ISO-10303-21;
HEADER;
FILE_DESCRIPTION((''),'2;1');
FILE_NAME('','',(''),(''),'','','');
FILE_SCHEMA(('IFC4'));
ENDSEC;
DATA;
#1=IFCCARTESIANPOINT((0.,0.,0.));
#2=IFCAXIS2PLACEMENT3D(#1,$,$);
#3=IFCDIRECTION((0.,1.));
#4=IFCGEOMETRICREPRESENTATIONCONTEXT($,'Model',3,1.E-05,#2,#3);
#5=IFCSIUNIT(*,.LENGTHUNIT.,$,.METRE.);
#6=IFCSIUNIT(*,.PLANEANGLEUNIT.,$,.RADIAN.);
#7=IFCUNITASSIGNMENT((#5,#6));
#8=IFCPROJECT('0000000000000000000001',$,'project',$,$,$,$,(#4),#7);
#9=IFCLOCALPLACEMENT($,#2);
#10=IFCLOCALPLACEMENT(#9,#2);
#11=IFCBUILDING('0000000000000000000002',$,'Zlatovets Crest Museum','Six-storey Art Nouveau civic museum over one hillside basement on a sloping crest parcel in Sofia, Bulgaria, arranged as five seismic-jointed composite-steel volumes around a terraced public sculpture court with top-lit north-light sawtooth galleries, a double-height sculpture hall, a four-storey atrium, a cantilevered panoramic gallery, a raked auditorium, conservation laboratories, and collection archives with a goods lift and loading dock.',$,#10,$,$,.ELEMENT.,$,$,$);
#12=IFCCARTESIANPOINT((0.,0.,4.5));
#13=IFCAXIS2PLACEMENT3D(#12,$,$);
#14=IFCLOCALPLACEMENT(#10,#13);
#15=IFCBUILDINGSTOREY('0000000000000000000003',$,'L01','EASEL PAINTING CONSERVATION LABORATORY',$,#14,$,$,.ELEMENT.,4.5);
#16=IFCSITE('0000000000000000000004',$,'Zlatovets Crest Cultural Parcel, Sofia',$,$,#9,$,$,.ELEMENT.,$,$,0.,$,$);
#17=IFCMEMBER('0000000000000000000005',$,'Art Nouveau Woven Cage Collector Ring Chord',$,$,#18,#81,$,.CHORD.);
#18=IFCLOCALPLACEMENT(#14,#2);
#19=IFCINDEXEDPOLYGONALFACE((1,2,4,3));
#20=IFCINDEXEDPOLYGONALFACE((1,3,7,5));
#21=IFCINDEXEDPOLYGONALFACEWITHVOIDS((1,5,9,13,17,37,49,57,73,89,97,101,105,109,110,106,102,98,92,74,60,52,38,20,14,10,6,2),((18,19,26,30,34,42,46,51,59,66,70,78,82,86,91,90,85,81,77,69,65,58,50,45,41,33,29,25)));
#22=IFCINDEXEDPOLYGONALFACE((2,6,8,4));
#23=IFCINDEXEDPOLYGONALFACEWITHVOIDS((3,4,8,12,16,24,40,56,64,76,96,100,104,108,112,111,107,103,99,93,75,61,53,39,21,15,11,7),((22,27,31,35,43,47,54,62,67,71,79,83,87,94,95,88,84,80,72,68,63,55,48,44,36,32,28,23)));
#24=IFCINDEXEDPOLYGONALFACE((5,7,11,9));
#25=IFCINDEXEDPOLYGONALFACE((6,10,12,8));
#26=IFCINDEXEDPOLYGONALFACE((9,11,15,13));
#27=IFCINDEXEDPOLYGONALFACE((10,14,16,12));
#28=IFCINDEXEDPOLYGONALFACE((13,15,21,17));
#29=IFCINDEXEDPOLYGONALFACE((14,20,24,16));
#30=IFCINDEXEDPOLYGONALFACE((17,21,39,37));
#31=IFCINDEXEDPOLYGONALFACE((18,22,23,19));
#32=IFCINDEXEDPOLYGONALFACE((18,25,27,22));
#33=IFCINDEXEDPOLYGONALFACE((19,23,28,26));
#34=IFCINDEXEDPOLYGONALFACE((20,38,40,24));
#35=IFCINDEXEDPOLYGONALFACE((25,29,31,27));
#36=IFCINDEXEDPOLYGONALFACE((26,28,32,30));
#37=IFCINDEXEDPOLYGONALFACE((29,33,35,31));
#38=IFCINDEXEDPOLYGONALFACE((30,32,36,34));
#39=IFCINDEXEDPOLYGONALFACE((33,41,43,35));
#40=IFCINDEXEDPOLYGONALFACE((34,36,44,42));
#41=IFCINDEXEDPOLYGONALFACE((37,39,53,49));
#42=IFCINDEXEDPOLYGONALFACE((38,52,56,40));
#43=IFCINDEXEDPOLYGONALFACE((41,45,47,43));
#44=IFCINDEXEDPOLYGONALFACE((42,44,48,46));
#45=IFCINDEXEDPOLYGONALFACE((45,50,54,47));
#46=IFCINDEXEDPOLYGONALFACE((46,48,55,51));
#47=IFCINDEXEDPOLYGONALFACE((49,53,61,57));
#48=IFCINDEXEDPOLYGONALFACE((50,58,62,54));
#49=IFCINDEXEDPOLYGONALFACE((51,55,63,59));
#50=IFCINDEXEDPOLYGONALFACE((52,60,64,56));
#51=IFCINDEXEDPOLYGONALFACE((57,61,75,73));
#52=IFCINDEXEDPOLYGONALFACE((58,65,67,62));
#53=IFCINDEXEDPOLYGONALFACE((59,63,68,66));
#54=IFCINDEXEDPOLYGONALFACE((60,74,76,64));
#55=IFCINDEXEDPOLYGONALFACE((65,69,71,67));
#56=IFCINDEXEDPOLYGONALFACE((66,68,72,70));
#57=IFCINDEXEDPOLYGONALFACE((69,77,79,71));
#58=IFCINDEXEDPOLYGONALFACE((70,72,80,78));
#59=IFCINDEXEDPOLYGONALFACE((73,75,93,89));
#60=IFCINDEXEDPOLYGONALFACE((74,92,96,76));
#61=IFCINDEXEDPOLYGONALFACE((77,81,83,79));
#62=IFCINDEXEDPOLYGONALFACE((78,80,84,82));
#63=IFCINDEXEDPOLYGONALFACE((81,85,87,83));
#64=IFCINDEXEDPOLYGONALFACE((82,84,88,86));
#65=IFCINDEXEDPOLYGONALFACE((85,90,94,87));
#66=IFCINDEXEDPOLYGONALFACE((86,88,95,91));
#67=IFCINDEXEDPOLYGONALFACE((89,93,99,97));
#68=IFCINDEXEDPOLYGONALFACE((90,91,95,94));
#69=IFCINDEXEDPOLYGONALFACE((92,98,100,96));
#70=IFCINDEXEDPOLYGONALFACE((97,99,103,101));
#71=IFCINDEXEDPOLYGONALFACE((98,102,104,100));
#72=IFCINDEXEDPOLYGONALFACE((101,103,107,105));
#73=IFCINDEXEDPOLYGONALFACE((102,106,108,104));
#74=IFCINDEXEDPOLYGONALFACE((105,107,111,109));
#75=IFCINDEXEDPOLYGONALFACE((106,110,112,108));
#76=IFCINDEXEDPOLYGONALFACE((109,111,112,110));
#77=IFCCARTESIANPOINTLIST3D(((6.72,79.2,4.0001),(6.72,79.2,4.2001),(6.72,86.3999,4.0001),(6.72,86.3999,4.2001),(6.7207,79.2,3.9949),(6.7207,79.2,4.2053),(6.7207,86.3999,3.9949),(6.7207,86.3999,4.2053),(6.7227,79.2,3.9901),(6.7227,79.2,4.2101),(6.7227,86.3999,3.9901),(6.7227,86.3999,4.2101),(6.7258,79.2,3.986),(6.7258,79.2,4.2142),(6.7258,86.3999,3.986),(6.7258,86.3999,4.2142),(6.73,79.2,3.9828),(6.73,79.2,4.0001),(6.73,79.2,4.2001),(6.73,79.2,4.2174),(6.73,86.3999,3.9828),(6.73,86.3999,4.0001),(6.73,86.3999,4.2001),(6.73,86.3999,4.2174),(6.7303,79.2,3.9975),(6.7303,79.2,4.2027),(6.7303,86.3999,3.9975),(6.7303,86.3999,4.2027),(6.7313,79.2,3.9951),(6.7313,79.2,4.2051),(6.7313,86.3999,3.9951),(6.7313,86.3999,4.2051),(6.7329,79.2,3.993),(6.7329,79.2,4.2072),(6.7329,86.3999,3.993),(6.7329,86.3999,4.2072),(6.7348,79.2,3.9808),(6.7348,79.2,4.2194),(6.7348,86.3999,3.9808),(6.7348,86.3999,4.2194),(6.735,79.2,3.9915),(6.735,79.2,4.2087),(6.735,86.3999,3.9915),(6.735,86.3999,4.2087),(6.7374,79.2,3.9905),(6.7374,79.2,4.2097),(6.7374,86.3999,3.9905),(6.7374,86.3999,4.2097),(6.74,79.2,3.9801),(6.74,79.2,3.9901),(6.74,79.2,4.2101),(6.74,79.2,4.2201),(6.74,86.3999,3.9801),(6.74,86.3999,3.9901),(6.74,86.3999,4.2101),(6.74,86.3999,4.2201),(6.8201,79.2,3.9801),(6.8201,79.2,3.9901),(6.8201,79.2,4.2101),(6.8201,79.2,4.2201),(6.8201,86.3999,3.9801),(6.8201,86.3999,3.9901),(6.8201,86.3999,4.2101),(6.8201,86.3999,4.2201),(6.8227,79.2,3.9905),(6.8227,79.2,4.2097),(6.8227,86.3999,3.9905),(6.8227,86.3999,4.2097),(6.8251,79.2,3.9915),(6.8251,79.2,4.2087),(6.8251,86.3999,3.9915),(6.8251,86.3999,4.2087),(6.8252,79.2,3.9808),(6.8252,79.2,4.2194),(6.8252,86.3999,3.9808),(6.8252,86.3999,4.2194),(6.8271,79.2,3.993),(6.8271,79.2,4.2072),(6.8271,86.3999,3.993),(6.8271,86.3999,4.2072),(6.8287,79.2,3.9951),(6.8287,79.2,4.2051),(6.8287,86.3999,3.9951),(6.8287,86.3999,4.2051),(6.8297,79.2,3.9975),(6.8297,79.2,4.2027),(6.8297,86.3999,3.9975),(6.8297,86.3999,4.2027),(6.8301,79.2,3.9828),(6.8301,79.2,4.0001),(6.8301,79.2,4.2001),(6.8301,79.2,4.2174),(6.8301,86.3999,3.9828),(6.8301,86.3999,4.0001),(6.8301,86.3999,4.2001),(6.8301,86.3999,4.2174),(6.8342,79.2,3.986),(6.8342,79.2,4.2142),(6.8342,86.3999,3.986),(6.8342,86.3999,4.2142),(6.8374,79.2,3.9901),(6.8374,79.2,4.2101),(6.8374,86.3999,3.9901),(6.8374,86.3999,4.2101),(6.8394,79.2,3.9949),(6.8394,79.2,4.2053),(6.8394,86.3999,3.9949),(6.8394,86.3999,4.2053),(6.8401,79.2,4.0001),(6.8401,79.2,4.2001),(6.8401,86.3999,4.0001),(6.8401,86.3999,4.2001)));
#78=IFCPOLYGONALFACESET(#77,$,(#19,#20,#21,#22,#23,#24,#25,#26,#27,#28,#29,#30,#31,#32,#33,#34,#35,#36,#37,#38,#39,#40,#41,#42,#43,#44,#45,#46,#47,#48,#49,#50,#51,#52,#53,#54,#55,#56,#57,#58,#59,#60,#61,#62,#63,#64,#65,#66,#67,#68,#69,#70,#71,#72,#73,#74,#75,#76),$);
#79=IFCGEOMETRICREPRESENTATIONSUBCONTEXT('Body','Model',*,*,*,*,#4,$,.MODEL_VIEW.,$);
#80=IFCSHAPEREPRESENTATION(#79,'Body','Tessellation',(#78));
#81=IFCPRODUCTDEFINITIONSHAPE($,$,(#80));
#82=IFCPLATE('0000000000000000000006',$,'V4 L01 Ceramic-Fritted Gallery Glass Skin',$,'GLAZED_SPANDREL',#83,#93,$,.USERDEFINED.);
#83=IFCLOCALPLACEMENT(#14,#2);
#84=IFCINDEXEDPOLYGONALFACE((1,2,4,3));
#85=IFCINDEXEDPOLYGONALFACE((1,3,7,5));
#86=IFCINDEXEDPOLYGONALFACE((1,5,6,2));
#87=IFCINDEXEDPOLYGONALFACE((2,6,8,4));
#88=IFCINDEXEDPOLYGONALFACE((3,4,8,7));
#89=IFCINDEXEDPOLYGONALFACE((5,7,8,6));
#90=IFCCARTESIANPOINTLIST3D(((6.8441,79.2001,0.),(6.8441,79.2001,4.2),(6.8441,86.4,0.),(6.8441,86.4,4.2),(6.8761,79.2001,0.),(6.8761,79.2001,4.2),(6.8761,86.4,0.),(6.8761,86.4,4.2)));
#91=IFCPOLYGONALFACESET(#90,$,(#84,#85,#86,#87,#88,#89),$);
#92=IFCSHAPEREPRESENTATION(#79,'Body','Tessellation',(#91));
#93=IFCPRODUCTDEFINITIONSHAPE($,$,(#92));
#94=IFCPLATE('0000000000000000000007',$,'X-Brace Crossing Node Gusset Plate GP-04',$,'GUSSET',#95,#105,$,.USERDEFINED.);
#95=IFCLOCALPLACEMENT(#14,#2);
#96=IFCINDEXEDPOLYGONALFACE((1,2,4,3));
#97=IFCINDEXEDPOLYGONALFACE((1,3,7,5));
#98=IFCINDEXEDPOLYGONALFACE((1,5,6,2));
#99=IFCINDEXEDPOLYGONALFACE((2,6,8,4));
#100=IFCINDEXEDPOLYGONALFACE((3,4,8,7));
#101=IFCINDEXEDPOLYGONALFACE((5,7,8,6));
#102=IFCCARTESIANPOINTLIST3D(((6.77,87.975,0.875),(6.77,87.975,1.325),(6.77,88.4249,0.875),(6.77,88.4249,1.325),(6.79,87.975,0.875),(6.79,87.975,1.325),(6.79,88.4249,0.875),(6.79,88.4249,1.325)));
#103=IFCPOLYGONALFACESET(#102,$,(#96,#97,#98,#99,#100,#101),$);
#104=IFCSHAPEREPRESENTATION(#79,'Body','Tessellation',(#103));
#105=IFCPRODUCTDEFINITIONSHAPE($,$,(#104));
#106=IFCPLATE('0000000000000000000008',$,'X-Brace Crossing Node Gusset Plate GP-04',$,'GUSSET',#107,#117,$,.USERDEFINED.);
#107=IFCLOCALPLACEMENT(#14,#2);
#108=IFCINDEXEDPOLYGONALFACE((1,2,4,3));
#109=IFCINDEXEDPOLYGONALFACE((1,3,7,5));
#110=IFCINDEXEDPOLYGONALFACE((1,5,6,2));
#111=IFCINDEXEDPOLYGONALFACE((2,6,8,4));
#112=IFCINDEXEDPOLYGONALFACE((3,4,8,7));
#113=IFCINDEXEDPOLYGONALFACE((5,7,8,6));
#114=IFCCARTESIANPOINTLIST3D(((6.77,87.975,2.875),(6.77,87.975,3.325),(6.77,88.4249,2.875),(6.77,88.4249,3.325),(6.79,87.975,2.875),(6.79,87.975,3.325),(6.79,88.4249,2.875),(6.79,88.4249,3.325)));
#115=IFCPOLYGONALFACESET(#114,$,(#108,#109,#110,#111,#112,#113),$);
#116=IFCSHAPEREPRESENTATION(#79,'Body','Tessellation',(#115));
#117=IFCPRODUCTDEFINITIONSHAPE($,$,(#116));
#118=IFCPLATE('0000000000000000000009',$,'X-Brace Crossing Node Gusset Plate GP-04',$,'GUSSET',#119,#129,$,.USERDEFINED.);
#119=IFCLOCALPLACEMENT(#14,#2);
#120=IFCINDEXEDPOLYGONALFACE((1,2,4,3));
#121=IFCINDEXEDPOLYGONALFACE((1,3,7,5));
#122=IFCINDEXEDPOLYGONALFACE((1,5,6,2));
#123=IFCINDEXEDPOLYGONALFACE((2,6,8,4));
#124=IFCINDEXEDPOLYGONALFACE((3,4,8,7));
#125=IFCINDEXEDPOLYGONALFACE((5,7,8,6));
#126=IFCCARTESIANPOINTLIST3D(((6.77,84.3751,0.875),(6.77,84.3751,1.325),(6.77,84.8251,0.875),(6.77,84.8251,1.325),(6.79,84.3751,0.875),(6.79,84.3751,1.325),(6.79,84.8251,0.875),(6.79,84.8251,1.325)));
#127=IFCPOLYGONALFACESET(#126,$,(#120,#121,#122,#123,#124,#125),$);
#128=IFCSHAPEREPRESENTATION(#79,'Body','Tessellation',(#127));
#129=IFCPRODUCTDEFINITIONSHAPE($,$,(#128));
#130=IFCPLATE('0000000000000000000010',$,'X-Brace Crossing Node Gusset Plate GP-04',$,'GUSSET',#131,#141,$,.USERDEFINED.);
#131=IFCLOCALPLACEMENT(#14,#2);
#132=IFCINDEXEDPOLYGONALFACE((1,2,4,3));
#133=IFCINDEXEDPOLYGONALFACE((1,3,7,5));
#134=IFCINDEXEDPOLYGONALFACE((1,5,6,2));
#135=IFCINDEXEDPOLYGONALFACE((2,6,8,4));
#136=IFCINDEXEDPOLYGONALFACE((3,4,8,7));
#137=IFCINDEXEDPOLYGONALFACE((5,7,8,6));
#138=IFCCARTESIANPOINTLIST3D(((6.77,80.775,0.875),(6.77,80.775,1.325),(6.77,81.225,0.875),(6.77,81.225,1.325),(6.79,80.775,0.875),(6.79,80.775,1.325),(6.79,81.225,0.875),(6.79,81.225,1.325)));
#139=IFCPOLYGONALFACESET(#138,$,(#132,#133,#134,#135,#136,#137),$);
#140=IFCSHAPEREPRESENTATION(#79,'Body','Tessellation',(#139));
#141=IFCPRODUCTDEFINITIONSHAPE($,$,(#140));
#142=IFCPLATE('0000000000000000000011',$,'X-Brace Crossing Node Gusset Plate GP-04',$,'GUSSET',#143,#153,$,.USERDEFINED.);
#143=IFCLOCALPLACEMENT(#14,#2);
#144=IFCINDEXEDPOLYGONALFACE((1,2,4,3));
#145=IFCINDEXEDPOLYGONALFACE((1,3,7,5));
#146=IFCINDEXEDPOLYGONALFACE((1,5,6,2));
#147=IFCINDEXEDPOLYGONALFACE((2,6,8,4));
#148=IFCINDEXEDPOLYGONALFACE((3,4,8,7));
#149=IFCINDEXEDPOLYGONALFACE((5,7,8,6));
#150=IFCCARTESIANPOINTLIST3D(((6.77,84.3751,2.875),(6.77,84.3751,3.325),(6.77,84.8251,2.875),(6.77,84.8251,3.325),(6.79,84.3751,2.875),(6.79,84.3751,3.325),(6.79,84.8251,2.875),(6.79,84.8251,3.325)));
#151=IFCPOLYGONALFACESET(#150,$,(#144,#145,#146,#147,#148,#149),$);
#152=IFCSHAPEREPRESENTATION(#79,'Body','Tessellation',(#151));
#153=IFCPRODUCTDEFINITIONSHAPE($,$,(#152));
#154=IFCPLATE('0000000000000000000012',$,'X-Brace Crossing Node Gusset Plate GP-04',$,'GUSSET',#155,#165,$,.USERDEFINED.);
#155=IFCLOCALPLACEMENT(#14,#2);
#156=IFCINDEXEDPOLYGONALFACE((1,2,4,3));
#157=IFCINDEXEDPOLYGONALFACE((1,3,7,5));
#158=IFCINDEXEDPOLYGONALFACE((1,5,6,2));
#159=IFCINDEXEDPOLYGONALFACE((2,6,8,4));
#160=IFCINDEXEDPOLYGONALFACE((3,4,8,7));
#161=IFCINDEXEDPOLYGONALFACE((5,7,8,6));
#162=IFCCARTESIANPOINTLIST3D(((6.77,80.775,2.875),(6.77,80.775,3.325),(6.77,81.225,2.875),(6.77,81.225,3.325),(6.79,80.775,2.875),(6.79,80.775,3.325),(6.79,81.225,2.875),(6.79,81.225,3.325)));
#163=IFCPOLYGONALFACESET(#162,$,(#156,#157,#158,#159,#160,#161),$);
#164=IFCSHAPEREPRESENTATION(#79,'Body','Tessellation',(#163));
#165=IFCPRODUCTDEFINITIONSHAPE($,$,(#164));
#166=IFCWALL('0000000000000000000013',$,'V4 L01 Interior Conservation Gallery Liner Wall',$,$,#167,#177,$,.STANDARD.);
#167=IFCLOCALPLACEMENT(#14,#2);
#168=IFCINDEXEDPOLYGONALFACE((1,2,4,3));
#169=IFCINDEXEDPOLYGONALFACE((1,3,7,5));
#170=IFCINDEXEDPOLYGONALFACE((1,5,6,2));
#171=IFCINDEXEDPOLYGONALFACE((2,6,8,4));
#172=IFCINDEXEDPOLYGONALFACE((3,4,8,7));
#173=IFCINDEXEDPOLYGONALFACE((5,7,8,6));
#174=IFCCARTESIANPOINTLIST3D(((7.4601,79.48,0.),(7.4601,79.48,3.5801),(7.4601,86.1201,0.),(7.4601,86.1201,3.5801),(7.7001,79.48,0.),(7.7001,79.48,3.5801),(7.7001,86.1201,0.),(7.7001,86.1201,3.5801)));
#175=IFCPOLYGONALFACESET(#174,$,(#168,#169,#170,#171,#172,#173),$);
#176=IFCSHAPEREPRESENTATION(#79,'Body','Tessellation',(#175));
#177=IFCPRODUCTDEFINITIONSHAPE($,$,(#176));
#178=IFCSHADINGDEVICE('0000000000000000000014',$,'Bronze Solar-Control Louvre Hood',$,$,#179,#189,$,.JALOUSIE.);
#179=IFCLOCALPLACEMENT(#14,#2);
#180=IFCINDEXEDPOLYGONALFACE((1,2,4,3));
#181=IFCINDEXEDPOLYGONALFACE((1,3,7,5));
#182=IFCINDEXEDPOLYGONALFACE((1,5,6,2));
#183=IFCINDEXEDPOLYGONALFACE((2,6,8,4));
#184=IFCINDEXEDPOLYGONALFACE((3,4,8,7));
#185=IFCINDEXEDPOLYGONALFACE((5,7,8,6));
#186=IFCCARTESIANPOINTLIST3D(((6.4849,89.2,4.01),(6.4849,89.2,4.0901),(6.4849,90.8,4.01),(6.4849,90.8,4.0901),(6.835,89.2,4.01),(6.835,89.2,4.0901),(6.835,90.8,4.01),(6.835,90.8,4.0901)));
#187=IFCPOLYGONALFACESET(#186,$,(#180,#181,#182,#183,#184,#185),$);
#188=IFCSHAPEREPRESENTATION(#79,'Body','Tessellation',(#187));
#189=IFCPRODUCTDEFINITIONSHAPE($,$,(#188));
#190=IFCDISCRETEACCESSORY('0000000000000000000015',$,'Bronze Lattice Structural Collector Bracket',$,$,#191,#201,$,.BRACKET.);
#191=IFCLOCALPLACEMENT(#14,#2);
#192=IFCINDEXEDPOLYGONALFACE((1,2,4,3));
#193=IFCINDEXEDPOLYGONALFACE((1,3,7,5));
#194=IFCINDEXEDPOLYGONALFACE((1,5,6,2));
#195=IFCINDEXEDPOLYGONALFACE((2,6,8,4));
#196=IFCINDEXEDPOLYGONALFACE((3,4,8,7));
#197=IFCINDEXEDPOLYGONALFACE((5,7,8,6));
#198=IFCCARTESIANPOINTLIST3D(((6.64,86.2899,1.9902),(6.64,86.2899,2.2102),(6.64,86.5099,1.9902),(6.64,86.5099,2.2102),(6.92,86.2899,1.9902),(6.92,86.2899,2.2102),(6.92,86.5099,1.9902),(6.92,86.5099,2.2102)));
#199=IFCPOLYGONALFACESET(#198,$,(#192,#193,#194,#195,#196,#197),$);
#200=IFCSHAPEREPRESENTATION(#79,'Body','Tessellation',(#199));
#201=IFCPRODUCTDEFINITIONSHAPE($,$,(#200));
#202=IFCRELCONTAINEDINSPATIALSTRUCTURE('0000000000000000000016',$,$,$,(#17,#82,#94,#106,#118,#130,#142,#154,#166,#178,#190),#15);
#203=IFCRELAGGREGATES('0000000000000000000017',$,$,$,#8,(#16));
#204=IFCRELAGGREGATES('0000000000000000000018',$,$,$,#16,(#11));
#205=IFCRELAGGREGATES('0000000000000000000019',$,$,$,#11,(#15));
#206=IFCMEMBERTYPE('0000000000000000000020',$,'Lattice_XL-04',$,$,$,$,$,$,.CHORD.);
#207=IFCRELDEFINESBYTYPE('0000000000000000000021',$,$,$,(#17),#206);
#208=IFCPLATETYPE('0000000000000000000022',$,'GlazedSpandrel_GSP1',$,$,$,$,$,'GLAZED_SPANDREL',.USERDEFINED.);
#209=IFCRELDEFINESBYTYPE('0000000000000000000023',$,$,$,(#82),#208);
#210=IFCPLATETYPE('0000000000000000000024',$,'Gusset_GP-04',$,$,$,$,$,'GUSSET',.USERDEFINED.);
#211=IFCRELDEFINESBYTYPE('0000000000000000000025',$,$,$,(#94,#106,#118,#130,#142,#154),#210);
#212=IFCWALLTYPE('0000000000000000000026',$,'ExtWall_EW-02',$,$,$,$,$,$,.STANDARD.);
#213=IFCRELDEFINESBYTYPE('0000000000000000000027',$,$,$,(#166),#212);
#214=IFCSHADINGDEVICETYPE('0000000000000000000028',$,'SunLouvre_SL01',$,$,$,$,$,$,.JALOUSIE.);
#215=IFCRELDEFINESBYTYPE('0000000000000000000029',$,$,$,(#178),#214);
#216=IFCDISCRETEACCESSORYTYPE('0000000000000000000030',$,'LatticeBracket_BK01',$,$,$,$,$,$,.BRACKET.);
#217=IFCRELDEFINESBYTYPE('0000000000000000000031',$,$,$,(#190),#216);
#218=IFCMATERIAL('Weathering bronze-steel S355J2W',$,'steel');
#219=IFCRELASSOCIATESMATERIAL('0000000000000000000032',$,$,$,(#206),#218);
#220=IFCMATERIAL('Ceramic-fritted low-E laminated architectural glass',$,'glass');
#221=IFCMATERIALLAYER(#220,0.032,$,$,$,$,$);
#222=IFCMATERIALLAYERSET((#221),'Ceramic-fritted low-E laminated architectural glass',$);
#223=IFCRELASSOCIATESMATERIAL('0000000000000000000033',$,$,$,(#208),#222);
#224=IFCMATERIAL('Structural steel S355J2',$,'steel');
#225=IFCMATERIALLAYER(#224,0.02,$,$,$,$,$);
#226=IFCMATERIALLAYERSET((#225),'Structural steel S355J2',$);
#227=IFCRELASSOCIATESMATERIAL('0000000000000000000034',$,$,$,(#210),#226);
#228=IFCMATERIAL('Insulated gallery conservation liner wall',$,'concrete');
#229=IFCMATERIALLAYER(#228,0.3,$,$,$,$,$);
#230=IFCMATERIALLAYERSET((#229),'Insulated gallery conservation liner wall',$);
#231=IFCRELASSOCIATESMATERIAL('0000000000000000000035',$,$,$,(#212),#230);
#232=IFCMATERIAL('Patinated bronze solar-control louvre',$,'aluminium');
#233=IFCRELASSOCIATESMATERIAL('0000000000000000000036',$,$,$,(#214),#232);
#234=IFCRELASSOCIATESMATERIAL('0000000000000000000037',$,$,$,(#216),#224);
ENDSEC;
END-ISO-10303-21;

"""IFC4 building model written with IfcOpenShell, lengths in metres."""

from ifc_helpers import new_model, si_unit, direction, frame, frame_2d, origin, origin_2d, place, context, subcontext, project, spatial, rectangle, hollow_rectangle, extrude, material, layer, layer_set, material_profile, profile_set, type_object, element, save


model = new_model("IFC4")

# Units and contexts
model_context = context("Model", 3, precision=1e-05, world=origin(), true_north=direction((0.0, 1.0)))
body_context = subcontext(model_context, "Body", "Model", "MODEL_VIEW")
ifc_project = project(units=[si_unit("LENGTHUNIT", "METRE"), si_unit("PLANEANGLEUNIT", "RADIAN")], contexts=[model_context])

# Site, building, storey
site_placement = place(None, origin())
site = spatial("IfcSite", under=ifc_project, at=site_placement, Name="Zlatovets Crest Cultural Parcel, Sofia", CompositionType="ELEMENT", RefElevation=0.0)
building_placement = place(site_placement, origin())
building = spatial("IfcBuilding", under=site, at=building_placement, Name="Zlatovets Crest Museum", Description="Six-storey Art Nouveau civic museum over one hillside basement on a sloping crest parcel in Sofia, Bulgaria, arranged as five seismic-jointed composite-steel volumes around a terraced public sculpture court with top-lit north-light sawtooth galleries, a double-height sculpture hall, a four-storey atrium, a cantilevered panoramic gallery, a raked auditorium, conservation laboratories, and collection archives with a goods lift and loading dock.", CompositionType="ELEMENT")
storey_placement = place(building_placement, frame((0.0, 0.0, 4.5)))
storey = spatial("IfcBuildingStorey", under=building, at=storey_placement, Name="L01", Description="EASEL PAINTING CONSERVATION LABORATORY", CompositionType="ELEMENT", Elevation=4.5)

# Shared definitions
ifc_material_1 = material(Name="Structural steel S355J2", Category="steel")

# Member
ifc_material_2 = material(Name="Weathering bronze-steel S355J2W", Category="steel")
ifc_material_profile_1 = material_profile(ifc_material_2, hollow_rectangle(XDim=0.1201, YDim=0.24, WallThickness=0.01, InnerFilletRadius=0.01, OuterFilletRadius=0.02, at=origin_2d()), Name="RHS 120x240x10.0")
ifc_profile_set_1 = profile_set([ifc_material_profile_1], Name="Weathering bronze-steel S355J2W")
member_type_1 = type_object("IfcMemberType", Name="Lattice_XL-04", PredefinedType="CHORD", material=ifc_profile_set_1)
member_1_placement = place(storey_placement, frame((6.78, 86.3999, 4.1001), z_axis=(0.0, -1.0, 0.0), x_axis=(1.0, 0.0, 0.0)))
element("IfcMember", 1, at=member_1_placement, inside=storey, type_object=member_type_1, Name="Art Nouveau Woven Cage Collector Ring Chord", PredefinedType="CHORD", context=body_context, shape_type="SweptSolid", body=[
    extrude(hollow_rectangle(XDim=0.1201, YDim=0.24, WallThickness=0.01, InnerFilletRadius=0.01, OuterFilletRadius=0.02, at=origin_2d()), origin(), (0.0, 0.0, 1.0), 7.2),
])

# Plates
ifc_material_3 = material(Name="Ceramic-fritted low-E laminated architectural glass", Category="glass")
ifc_layer_1 = layer(ifc_material_3, 0.032)
ifc_layer_set_1 = layer_set([ifc_layer_1], Name="Ceramic-fritted low-E laminated architectural glass")
plate_type_1 = type_object("IfcPlateType", Name="GlazedSpandrel_GSP1", ElementType="GLAZED_SPANDREL", PredefinedType="USERDEFINED", material=ifc_layer_set_1)
plate_placement = place(storey_placement, frame((6.8601, 82.8, 0.0), z_axis=(0.0, 0.0, 1.0), x_axis=(0.0, 1.0, 0.0)))
element("IfcPlate", 2, at=plate_placement, inside=storey, type_object=plate_type_1, Name="V4 L01 Ceramic-Fritted Gallery Glass Skin", ObjectType="GLAZED_SPANDREL", PredefinedType="USERDEFINED", context=body_context, shape_type="SweptSolid", body=[
    extrude(rectangle(XDim=7.2, YDim=0.032, at=origin_2d()), origin(), (0.0, 0.0, 1.0), 4.2),
])
ifc_layer_2 = layer(ifc_material_1, 0.02)
ifc_layer_set_2 = layer_set([ifc_layer_2], Name="Structural steel S355J2")
plate_type_2 = type_object("IfcPlateType", Name="Gusset_GP-04", ElementType="GUSSET", PredefinedType="USERDEFINED", material=ifc_layer_set_2)
for number, where, z_axis, x_axis, name in (
    (3, (6.78, 88.2, 0.875), (0.0, 0.0, 1.0), (1.0, 0.0, 0.0), "X-Brace Crossing Node Gusset Plate GP-04"),
    (4, (6.78, 88.2, 2.875), (0.0, 0.0, 1.0), (1.0, 0.0, 0.0), "X-Brace Crossing Node Gusset Plate GP-04"),
    (5, (6.78, 84.6001, 0.875), (0.0, 0.0, 1.0), (1.0, 0.0, 0.0), "X-Brace Crossing Node Gusset Plate GP-04"),
    (6, (6.78, 81.0, 0.875), (0.0, 0.0, 1.0), (1.0, 0.0, 0.0), "X-Brace Crossing Node Gusset Plate GP-04"),
    (7, (6.78, 84.6001, 2.875), (0.0, 0.0, 1.0), (1.0, 0.0, 0.0), "X-Brace Crossing Node Gusset Plate GP-04"),
    (8, (6.78, 81.0, 2.875), (0.0, 0.0, 1.0), (1.0, 0.0, 0.0), "X-Brace Crossing Node Gusset Plate GP-04"),
):
    element("IfcPlate", number, at=place(storey_placement, frame(where, z_axis=z_axis, x_axis=x_axis)), inside=storey, type_object=plate_type_2, Name=name, ObjectType="GUSSET", PredefinedType="USERDEFINED", context=body_context, shape_type="SweptSolid", body=[
        extrude(rectangle(XDim=0.02, YDim=0.45, at=origin_2d()), origin(), (0.0, 0.0, 1.0), 0.45),
    ])

# Wall
ifc_material_4 = material(Name="Insulated gallery conservation liner wall", Category="concrete")
ifc_layer_3 = layer(ifc_material_4, 0.3)
ifc_layer_set_3 = layer_set([ifc_layer_3], Name="Insulated gallery conservation liner wall")
wall_type = type_object("IfcWallType", Name="ExtWall_EW-02", PredefinedType="STANDARD", material=ifc_layer_set_3)
wall_placement = place(storey_placement, frame((7.5801, 86.1201, 0.0), z_axis=(0.0, 0.0, 1.0), x_axis=(0.0, -1.0, 0.0)))
element("IfcWall", 9, at=wall_placement, inside=storey, type_object=wall_type, Name="V4 L01 Interior Conservation Gallery Liner Wall", PredefinedType="STANDARD", context=body_context, shape_type="SweptSolid", body=[
    extrude(rectangle(XDim=6.6401, YDim=0.24, at=frame_2d((3.3201, 0.0))), origin(), (0.0, 0.0, 1.0), 3.5801),
])

# Shading device
ifc_material_5 = material(Name="Patinated bronze solar-control louvre", Category="aluminium")
shading_device_type = type_object("IfcShadingDeviceType", Name="SunLouvre_SL01", PredefinedType="JALOUSIE", material=ifc_material_5)
shading_device_placement = place(storey_placement, frame((6.6599, 90.0, 4.01), z_axis=(0.0, 0.0, 1.0), x_axis=(0.0, 1.0, 0.0)))
element("IfcShadingDevice", 10, at=shading_device_placement, inside=storey, type_object=shading_device_type, Name="Bronze Solar-Control Louvre Hood", PredefinedType="JALOUSIE", context=body_context, shape_type="SweptSolid", body=[
    extrude(rectangle(XDim=1.6001, YDim=0.3501, at=origin_2d()), origin(), (0.0, 0.0, 1.0), 0.0801),
])

# Discrete accessory
discrete_accessory_type = type_object("IfcDiscreteAccessoryType", Name="LatticeBracket_BK01", PredefinedType="BRACKET", material=ifc_material_1)
discrete_accessory_placement = place(storey_placement, frame((6.78, 86.3999, 1.9902), z_axis=(0.0, 0.0, 1.0), x_axis=(1.0, 0.0, 0.0)))
element("IfcDiscreteAccessory", 11, at=discrete_accessory_placement, inside=storey, type_object=discrete_accessory_type, Name="Bronze Lattice Structural Collector Bracket", PredefinedType="BRACKET", context=body_context, shape_type="SweptSolid", body=[
    extrude(rectangle(XDim=0.28, YDim=0.22, at=origin_2d()), origin(), (0.0, 0.0, 1.0), 0.22),
])

save(model, "model.ifc")
